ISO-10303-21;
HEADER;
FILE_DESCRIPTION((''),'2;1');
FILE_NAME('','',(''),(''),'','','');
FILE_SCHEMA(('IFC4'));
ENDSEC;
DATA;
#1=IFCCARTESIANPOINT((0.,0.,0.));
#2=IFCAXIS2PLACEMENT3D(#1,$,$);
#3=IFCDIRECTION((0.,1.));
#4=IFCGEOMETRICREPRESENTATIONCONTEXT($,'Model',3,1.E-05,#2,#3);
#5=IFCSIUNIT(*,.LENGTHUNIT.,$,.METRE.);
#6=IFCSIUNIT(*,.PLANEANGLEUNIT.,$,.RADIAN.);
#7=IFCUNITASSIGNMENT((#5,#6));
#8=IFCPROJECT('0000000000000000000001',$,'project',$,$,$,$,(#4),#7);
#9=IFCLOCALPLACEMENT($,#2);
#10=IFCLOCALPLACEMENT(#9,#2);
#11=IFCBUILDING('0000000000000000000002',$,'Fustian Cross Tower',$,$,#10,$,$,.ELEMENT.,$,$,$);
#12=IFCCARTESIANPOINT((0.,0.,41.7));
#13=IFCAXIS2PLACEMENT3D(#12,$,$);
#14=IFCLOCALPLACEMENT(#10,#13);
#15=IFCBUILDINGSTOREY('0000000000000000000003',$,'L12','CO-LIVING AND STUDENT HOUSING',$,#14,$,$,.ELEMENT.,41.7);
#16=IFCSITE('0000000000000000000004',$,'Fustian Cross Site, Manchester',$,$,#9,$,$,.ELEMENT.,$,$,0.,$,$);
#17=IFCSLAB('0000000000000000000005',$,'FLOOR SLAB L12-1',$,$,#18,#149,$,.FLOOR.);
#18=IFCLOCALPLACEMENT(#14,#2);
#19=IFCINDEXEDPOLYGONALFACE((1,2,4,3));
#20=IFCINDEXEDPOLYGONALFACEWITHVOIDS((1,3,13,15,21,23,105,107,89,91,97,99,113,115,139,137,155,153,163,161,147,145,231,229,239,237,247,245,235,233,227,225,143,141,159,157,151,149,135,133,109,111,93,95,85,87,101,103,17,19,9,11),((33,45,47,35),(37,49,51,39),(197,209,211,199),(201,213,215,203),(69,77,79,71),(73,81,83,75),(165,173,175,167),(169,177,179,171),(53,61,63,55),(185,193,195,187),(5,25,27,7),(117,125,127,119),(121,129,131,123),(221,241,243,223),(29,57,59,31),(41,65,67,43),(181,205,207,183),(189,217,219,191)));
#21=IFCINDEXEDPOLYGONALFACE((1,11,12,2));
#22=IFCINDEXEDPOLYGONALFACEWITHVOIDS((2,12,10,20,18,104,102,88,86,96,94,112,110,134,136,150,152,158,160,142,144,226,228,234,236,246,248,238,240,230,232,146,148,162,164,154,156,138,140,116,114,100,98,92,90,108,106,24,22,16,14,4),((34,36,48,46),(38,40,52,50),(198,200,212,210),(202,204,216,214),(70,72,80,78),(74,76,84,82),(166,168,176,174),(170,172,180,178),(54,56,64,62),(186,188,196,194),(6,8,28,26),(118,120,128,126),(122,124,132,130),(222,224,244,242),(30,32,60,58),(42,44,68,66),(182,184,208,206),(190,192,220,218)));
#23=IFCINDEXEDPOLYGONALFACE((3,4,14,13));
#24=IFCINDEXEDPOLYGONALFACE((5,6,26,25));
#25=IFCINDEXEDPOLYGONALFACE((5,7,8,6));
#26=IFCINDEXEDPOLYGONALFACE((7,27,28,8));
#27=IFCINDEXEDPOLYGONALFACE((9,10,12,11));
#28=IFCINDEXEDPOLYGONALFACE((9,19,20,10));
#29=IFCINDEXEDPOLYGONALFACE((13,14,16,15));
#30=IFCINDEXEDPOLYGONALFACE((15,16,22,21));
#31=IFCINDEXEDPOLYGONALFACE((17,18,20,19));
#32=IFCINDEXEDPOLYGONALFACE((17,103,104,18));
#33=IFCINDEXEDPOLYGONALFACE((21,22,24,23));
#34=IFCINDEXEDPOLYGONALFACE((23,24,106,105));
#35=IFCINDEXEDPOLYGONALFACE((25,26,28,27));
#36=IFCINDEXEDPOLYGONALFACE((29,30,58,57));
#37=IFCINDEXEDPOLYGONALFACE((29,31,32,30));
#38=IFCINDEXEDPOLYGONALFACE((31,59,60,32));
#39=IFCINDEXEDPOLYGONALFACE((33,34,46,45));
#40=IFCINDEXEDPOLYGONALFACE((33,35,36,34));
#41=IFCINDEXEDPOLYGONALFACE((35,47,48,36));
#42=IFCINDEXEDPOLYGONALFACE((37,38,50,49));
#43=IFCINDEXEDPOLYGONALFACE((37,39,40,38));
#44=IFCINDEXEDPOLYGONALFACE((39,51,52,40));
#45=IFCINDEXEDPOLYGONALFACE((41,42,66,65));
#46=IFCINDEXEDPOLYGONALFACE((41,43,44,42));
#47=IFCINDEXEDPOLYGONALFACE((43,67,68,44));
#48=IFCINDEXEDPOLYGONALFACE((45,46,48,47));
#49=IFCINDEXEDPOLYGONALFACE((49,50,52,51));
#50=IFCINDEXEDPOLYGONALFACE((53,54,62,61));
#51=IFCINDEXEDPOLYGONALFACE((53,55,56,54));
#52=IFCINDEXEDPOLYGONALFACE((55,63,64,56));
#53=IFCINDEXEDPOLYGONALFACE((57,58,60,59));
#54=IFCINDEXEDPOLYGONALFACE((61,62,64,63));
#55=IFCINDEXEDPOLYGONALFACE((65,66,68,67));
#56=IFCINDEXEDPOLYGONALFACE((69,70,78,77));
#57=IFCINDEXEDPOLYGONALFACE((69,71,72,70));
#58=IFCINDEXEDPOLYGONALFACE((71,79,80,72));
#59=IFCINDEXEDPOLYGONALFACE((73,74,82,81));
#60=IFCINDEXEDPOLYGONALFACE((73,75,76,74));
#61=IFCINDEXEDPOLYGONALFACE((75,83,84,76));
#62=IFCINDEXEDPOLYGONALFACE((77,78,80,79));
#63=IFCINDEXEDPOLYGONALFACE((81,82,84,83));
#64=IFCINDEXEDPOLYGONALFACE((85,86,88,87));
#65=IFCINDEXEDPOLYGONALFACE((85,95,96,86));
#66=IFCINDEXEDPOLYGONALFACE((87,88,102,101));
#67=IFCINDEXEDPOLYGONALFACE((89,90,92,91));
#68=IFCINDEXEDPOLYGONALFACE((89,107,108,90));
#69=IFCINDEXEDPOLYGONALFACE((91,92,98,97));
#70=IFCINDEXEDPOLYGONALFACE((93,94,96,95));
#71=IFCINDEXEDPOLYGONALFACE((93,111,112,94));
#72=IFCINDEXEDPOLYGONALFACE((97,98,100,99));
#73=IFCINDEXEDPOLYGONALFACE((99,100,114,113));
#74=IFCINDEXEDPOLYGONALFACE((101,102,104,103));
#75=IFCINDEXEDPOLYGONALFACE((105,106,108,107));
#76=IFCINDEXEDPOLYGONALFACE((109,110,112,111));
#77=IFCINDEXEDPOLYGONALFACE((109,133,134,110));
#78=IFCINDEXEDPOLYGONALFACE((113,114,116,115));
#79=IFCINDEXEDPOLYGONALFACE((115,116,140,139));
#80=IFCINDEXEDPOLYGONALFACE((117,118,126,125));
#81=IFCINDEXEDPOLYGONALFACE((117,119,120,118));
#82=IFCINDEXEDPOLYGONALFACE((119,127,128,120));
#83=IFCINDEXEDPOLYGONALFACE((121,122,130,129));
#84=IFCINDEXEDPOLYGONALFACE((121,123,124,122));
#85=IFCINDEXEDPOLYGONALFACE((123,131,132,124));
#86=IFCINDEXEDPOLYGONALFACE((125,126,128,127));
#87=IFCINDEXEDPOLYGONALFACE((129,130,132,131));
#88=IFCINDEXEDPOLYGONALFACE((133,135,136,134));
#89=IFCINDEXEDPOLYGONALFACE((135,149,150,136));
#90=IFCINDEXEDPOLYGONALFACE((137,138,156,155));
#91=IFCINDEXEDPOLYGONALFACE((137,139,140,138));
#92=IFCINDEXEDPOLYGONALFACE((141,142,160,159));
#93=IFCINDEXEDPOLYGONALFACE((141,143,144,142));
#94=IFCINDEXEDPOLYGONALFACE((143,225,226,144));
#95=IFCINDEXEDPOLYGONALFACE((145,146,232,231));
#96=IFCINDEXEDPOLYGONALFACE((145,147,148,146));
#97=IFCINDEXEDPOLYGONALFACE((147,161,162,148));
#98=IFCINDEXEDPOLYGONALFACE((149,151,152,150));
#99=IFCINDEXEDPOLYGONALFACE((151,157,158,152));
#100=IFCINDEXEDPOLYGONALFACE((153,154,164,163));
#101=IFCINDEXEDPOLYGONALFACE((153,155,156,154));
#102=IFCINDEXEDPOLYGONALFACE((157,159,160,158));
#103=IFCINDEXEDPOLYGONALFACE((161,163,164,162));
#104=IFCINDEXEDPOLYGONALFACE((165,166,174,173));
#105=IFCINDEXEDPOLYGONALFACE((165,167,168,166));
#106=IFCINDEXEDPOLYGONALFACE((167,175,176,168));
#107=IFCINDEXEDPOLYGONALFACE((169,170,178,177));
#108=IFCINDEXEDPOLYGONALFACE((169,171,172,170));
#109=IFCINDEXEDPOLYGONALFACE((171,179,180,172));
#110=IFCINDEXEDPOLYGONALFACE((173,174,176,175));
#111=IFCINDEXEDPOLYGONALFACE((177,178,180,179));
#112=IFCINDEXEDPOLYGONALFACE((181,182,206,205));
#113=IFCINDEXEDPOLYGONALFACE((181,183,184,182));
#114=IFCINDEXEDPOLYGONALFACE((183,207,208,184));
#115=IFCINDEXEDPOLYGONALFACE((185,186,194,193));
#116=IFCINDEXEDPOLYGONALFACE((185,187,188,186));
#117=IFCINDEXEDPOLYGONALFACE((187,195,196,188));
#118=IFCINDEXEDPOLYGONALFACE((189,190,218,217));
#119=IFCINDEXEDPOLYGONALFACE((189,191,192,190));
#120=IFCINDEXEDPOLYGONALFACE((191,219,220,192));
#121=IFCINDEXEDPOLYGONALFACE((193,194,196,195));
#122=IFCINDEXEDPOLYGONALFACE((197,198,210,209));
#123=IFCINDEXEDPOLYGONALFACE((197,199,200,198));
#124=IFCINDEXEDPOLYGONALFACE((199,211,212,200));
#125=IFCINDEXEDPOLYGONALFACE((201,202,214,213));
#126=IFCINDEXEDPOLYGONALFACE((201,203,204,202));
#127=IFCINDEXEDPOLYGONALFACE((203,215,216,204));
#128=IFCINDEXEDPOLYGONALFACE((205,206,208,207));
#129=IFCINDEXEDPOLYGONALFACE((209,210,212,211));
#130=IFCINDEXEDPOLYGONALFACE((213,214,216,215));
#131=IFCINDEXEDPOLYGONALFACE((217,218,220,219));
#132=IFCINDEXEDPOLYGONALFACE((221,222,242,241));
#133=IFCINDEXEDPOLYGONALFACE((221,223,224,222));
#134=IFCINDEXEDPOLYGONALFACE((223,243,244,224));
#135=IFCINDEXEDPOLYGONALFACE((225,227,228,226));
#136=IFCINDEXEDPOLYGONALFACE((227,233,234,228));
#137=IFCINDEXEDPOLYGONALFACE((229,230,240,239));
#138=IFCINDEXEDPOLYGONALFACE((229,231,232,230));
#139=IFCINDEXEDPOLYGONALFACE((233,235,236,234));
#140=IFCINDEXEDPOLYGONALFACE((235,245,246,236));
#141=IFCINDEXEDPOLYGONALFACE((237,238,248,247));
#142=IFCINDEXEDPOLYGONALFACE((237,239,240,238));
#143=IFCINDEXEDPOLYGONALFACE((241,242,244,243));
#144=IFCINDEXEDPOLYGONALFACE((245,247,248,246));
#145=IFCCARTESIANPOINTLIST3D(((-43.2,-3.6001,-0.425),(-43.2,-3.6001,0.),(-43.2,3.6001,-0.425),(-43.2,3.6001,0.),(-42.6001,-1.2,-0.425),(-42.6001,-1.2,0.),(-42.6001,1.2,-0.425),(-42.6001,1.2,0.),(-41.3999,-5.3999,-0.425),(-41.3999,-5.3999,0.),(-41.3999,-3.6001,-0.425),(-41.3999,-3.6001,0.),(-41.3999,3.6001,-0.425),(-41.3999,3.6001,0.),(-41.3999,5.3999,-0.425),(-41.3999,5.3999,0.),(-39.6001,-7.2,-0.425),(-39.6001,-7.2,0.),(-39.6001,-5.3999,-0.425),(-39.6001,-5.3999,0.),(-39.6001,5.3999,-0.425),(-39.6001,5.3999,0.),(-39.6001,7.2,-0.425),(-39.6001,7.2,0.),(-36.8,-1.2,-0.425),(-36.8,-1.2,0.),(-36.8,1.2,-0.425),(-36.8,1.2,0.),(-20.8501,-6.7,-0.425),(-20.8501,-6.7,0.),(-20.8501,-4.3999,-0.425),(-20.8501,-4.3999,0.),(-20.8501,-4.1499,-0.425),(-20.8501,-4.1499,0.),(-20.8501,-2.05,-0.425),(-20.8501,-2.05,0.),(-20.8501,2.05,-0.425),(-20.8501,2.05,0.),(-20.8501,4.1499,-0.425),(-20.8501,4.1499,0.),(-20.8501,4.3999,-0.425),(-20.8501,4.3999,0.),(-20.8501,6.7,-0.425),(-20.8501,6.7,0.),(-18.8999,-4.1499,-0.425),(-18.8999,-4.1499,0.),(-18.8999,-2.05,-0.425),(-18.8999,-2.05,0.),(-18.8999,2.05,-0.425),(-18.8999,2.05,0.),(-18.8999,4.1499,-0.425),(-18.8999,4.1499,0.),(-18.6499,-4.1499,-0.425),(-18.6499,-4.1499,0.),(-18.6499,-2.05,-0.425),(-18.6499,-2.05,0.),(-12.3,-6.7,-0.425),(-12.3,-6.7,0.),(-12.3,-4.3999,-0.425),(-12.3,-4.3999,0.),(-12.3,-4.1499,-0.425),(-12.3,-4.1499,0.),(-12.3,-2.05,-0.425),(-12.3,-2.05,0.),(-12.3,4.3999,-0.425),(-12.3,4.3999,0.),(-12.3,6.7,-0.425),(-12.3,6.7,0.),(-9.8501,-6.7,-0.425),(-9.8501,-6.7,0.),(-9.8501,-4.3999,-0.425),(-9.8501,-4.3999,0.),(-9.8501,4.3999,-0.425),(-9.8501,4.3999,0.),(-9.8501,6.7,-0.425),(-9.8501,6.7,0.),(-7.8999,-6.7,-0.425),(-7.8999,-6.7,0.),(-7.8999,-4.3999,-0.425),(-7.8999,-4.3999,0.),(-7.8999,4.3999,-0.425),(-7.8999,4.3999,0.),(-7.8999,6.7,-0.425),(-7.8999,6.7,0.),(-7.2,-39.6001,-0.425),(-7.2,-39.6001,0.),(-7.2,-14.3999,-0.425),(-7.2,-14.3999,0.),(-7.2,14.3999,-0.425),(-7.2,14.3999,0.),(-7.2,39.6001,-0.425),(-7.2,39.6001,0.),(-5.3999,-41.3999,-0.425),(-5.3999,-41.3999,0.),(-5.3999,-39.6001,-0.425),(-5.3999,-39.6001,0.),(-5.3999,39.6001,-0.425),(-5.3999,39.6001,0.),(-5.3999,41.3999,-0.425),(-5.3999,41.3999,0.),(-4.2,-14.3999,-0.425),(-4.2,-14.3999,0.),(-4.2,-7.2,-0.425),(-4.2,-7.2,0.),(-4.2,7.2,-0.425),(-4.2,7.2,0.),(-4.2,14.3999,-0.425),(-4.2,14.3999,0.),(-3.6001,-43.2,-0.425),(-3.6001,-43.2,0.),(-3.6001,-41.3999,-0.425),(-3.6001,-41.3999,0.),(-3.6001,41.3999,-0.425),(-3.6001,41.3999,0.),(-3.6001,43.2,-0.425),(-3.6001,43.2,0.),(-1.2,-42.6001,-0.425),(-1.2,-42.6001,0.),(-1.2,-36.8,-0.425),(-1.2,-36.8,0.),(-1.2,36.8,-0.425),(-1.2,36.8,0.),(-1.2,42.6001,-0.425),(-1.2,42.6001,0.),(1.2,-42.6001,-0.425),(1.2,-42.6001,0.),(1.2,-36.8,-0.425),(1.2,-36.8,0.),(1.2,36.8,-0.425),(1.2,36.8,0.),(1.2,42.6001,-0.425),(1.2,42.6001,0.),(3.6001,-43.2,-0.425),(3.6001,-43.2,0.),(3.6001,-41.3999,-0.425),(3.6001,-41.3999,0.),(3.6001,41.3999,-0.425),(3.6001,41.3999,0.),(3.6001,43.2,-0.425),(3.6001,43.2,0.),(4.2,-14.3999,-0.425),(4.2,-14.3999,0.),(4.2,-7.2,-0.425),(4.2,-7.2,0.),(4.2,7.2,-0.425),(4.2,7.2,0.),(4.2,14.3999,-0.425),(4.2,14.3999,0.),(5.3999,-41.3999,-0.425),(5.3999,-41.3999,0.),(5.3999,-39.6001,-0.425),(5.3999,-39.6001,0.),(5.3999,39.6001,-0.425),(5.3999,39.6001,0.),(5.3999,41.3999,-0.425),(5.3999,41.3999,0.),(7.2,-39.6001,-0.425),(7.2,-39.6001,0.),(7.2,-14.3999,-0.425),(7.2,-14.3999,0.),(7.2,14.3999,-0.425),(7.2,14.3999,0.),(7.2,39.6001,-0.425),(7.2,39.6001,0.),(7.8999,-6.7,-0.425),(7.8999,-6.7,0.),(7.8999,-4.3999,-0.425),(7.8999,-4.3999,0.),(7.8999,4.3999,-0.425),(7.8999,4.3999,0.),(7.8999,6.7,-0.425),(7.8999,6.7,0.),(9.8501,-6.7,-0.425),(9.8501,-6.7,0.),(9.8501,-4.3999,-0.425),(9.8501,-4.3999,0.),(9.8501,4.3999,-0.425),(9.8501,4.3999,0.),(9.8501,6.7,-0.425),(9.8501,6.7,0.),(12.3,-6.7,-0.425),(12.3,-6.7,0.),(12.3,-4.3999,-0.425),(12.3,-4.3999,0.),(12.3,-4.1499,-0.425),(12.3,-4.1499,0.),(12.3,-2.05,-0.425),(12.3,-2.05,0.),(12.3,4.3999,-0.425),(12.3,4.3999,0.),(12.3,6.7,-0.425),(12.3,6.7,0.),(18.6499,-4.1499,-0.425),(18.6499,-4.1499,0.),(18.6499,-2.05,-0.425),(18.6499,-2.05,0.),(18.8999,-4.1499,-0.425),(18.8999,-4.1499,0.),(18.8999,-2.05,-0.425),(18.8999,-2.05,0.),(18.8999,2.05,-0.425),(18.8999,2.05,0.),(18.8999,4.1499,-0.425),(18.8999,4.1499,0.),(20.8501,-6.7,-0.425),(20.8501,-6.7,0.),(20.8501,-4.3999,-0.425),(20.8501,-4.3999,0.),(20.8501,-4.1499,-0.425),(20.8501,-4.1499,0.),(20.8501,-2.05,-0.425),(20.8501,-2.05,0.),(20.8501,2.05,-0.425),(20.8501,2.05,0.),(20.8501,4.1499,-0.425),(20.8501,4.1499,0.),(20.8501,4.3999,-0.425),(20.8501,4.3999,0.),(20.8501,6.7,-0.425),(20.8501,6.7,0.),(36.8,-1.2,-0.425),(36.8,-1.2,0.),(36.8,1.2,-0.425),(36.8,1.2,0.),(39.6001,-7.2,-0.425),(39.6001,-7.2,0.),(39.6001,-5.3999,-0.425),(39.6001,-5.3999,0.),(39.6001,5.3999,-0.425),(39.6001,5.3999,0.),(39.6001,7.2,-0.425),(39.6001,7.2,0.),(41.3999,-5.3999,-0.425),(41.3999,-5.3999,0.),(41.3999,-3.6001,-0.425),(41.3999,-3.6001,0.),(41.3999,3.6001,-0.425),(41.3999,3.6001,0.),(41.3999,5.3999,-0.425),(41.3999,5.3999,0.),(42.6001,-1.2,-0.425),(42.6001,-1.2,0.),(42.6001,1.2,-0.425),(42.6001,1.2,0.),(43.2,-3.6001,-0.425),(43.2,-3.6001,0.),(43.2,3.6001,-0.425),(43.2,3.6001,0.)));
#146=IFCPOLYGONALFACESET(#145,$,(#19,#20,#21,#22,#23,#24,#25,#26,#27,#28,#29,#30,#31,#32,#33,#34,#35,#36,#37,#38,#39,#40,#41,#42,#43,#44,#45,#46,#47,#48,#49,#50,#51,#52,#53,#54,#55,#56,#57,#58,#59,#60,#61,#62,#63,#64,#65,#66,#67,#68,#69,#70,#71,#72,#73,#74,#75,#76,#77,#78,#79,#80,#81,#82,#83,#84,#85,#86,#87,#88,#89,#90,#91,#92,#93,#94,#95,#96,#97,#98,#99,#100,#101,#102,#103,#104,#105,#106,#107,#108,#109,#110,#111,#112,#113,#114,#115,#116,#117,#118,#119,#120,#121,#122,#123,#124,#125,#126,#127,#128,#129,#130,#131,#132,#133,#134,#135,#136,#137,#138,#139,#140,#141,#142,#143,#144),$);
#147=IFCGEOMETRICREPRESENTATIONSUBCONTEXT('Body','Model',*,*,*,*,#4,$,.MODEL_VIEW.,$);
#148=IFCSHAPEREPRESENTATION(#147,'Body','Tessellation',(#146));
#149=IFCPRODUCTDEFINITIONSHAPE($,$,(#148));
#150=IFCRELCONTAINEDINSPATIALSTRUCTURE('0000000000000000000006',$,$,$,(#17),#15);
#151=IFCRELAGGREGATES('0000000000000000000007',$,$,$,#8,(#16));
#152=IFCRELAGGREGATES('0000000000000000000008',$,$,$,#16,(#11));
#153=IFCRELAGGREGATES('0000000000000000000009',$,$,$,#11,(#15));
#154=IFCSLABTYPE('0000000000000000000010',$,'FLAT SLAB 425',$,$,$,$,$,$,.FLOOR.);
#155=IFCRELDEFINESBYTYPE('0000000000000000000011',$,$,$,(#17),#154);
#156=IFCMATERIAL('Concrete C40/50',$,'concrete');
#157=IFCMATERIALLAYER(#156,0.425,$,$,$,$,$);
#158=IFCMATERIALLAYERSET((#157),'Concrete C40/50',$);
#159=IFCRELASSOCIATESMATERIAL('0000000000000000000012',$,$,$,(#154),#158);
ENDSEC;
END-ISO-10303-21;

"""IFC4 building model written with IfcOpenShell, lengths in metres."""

from ifc_helpers import new_model, si_unit, direction, frame, origin, place, context, subcontext, project, spatial, polyline, outline, extrude, material, layer, layer_set, type_object, element, save


model = new_model("IFC4")

# Units and contexts
model_context = context("Model", 3, precision=1e-05, world=origin(), true_north=direction((0.0, 1.0)))
body_context = subcontext(model_context, "Body", "Model", "MODEL_VIEW")
ifc_project = project(units=[si_unit("LENGTHUNIT", "METRE"), si_unit("PLANEANGLEUNIT", "RADIAN")], contexts=[model_context])

# Site, building, storey
site_placement = place(None, origin())
site = spatial("IfcSite", under=ifc_project, at=site_placement, Name="Fustian Cross Site, Manchester", CompositionType="ELEMENT", RefElevation=0.0)
building_placement = place(site_placement, origin())
building = spatial("IfcBuilding", under=site, at=building_placement, Name="Fustian Cross Tower", CompositionType="ELEMENT")
storey_placement = place(building_placement, frame((0.0, 0.0, 41.7)))
storey = spatial("IfcBuildingStorey", under=building, at=storey_placement, Name="L12", Description="CO-LIVING AND STUDENT HOUSING", CompositionType="ELEMENT", Elevation=41.7)

# Slab
ifc_material_1 = material(Name="Concrete C40/50", Category="concrete")
ifc_layer_1 = layer(ifc_material_1, 0.425)
ifc_layer_set_1 = layer_set([ifc_layer_1], Name="Concrete C40/50")
slab_type_1 = type_object("IfcSlabType", Name="FLAT SLAB 425", PredefinedType="FLOOR", material=ifc_layer_set_1)
slab_1_placement = place(storey_placement, frame((0.0, 0.0, -0.425)))
element("IfcSlab", 1, at=slab_1_placement, inside=storey, type_object=slab_type_1, Name="FLOOR SLAB L12-1", PredefinedType="FLOOR", context=body_context, shape_type="SweptSolid", body=[
    extrude(outline(polyline([(-4.2, -7.2), (-39.6001, -7.2), (-39.6001, -5.3999), (-41.3999, -5.3999), (-41.3999, -3.6001), (-43.2, -3.6001), (-43.2, 3.6001), (-41.3999, 3.6001), (-41.3999, 5.3999), (-39.6001, 5.3999), (-39.6001, 7.2), (-4.2, 7.2), (-4.2, 14.3999), (-7.2, 14.3999), (-7.2, 39.6001), (-5.3999, 39.6001), (-5.3999, 41.3999), (-3.6001, 41.3999), (-3.6001, 43.2), (3.6001, 43.2), (3.6001, 41.3999), (5.3999, 41.3999), (5.3999, 39.6001), (7.2, 39.6001), (7.2, 14.3999), (4.2, 14.3999), (4.2, 7.2), (39.6001, 7.2), (39.6001, 5.3999), (41.3999, 5.3999), (41.3999, 3.6001), (43.2, 3.6001), (43.2, -3.6001), (41.3999, -3.6001), (41.3999, -5.3999), (39.6001, -5.3999), (39.6001, -7.2), (4.2, -7.2), (4.2, -14.3999), (7.2, -14.3999), (7.2, -39.6001), (5.3999, -39.6001), (5.3999, -41.3999), (3.6001, -41.3999), (3.6001, -43.2), (-3.6001, -43.2), (-3.6001, -41.3999), (-5.3999, -41.3999), (-5.3999, -39.6001), (-7.2, -39.6001), (-7.2, -14.3999), (-4.2, -14.3999), (-4.2, -7.2)]), holes=[polyline([(18.8999, -2.05), (18.8999, -4.1499), (20.8501, -4.1499), (20.8501, -2.05), (18.8999, -2.05)]), polyline([(20.8501, 4.1499), (18.8999, 4.1499), (18.8999, 2.05), (20.8501, 2.05), (20.8501, 4.1499)]), polyline([(9.8501, 4.3999), (9.8501, 6.7), (7.8999, 6.7), (7.8999, 4.3999), (9.8501, 4.3999)]), polyline([(7.8999, -6.7), (9.8501, -6.7), (9.8501, -4.3999), (7.8999, -4.3999), (7.8999, -6.7)]), polyline([(-20.8501, -2.05), (-20.8501, -4.1499), (-18.8999, -4.1499), (-18.8999, -2.05), (-20.8501, -2.05)]), polyline([(-18.8999, 4.1499), (-20.8501, 4.1499), (-20.8501, 2.05), (-18.8999, 2.05), (-18.8999, 4.1499)]), polyline([(-7.8999, 4.3999), (-7.8999, 6.7), (-9.8501, 6.7), (-9.8501, 4.3999), (-7.8999, 4.3999)]), polyline([(-9.8501, -6.7), (-7.8999, -6.7), (-7.8999, -4.3999), (-9.8501, -4.3999), (-9.8501, -6.7)]), polyline([(12.3, -2.05), (12.3, -4.1499), (18.6499, -4.1499), (18.6499, -2.05), (12.3, -2.05)]), polyline([(-12.3, -2.05), (-18.6499, -2.05), (-18.6499, -4.1499), (-12.3, -4.1499), (-12.3, -2.05)]), polyline([(20.8501, 4.3999), (20.8501, 6.7), (12.3, 6.7), (12.3, 4.3999), (20.8501, 4.3999)]), polyline([(12.3, -6.7), (20.8501, -6.7), (20.8501, -4.3999), (12.3, -4.3999), (12.3, -6.7)]), polyline([(-20.8501, 6.7), (-20.8501, 4.3999), (-12.3, 4.3999), (-12.3, 6.7), (-20.8501, 6.7)]), polyline([(-12.3, -4.3999), (-20.8501, -4.3999), (-20.8501, -6.7), (-12.3, -6.7), (-12.3, -4.3999)]), polyline([(1.2, 36.8), (1.2, 42.6001), (-1.2, 42.6001), (-1.2, 36.8), (1.2, 36.8)]), polyline([(-1.2, -42.6001), (1.2, -42.6001), (1.2, -36.8), (-1.2, -36.8), (-1.2, -42.6001)]), polyline([(36.8, 1.2), (36.8, -1.2), (42.6001, -1.2), (42.6001, 1.2), (36.8, 1.2)]), polyline([(-36.8, 1.2), (-42.6001, 1.2), (-42.6001, -1.2), (-36.8, -1.2), (-36.8, 1.2)])]), origin(), (0.0, 0.0, 1.0), 0.425),
])

save(model, "model.ifc")
